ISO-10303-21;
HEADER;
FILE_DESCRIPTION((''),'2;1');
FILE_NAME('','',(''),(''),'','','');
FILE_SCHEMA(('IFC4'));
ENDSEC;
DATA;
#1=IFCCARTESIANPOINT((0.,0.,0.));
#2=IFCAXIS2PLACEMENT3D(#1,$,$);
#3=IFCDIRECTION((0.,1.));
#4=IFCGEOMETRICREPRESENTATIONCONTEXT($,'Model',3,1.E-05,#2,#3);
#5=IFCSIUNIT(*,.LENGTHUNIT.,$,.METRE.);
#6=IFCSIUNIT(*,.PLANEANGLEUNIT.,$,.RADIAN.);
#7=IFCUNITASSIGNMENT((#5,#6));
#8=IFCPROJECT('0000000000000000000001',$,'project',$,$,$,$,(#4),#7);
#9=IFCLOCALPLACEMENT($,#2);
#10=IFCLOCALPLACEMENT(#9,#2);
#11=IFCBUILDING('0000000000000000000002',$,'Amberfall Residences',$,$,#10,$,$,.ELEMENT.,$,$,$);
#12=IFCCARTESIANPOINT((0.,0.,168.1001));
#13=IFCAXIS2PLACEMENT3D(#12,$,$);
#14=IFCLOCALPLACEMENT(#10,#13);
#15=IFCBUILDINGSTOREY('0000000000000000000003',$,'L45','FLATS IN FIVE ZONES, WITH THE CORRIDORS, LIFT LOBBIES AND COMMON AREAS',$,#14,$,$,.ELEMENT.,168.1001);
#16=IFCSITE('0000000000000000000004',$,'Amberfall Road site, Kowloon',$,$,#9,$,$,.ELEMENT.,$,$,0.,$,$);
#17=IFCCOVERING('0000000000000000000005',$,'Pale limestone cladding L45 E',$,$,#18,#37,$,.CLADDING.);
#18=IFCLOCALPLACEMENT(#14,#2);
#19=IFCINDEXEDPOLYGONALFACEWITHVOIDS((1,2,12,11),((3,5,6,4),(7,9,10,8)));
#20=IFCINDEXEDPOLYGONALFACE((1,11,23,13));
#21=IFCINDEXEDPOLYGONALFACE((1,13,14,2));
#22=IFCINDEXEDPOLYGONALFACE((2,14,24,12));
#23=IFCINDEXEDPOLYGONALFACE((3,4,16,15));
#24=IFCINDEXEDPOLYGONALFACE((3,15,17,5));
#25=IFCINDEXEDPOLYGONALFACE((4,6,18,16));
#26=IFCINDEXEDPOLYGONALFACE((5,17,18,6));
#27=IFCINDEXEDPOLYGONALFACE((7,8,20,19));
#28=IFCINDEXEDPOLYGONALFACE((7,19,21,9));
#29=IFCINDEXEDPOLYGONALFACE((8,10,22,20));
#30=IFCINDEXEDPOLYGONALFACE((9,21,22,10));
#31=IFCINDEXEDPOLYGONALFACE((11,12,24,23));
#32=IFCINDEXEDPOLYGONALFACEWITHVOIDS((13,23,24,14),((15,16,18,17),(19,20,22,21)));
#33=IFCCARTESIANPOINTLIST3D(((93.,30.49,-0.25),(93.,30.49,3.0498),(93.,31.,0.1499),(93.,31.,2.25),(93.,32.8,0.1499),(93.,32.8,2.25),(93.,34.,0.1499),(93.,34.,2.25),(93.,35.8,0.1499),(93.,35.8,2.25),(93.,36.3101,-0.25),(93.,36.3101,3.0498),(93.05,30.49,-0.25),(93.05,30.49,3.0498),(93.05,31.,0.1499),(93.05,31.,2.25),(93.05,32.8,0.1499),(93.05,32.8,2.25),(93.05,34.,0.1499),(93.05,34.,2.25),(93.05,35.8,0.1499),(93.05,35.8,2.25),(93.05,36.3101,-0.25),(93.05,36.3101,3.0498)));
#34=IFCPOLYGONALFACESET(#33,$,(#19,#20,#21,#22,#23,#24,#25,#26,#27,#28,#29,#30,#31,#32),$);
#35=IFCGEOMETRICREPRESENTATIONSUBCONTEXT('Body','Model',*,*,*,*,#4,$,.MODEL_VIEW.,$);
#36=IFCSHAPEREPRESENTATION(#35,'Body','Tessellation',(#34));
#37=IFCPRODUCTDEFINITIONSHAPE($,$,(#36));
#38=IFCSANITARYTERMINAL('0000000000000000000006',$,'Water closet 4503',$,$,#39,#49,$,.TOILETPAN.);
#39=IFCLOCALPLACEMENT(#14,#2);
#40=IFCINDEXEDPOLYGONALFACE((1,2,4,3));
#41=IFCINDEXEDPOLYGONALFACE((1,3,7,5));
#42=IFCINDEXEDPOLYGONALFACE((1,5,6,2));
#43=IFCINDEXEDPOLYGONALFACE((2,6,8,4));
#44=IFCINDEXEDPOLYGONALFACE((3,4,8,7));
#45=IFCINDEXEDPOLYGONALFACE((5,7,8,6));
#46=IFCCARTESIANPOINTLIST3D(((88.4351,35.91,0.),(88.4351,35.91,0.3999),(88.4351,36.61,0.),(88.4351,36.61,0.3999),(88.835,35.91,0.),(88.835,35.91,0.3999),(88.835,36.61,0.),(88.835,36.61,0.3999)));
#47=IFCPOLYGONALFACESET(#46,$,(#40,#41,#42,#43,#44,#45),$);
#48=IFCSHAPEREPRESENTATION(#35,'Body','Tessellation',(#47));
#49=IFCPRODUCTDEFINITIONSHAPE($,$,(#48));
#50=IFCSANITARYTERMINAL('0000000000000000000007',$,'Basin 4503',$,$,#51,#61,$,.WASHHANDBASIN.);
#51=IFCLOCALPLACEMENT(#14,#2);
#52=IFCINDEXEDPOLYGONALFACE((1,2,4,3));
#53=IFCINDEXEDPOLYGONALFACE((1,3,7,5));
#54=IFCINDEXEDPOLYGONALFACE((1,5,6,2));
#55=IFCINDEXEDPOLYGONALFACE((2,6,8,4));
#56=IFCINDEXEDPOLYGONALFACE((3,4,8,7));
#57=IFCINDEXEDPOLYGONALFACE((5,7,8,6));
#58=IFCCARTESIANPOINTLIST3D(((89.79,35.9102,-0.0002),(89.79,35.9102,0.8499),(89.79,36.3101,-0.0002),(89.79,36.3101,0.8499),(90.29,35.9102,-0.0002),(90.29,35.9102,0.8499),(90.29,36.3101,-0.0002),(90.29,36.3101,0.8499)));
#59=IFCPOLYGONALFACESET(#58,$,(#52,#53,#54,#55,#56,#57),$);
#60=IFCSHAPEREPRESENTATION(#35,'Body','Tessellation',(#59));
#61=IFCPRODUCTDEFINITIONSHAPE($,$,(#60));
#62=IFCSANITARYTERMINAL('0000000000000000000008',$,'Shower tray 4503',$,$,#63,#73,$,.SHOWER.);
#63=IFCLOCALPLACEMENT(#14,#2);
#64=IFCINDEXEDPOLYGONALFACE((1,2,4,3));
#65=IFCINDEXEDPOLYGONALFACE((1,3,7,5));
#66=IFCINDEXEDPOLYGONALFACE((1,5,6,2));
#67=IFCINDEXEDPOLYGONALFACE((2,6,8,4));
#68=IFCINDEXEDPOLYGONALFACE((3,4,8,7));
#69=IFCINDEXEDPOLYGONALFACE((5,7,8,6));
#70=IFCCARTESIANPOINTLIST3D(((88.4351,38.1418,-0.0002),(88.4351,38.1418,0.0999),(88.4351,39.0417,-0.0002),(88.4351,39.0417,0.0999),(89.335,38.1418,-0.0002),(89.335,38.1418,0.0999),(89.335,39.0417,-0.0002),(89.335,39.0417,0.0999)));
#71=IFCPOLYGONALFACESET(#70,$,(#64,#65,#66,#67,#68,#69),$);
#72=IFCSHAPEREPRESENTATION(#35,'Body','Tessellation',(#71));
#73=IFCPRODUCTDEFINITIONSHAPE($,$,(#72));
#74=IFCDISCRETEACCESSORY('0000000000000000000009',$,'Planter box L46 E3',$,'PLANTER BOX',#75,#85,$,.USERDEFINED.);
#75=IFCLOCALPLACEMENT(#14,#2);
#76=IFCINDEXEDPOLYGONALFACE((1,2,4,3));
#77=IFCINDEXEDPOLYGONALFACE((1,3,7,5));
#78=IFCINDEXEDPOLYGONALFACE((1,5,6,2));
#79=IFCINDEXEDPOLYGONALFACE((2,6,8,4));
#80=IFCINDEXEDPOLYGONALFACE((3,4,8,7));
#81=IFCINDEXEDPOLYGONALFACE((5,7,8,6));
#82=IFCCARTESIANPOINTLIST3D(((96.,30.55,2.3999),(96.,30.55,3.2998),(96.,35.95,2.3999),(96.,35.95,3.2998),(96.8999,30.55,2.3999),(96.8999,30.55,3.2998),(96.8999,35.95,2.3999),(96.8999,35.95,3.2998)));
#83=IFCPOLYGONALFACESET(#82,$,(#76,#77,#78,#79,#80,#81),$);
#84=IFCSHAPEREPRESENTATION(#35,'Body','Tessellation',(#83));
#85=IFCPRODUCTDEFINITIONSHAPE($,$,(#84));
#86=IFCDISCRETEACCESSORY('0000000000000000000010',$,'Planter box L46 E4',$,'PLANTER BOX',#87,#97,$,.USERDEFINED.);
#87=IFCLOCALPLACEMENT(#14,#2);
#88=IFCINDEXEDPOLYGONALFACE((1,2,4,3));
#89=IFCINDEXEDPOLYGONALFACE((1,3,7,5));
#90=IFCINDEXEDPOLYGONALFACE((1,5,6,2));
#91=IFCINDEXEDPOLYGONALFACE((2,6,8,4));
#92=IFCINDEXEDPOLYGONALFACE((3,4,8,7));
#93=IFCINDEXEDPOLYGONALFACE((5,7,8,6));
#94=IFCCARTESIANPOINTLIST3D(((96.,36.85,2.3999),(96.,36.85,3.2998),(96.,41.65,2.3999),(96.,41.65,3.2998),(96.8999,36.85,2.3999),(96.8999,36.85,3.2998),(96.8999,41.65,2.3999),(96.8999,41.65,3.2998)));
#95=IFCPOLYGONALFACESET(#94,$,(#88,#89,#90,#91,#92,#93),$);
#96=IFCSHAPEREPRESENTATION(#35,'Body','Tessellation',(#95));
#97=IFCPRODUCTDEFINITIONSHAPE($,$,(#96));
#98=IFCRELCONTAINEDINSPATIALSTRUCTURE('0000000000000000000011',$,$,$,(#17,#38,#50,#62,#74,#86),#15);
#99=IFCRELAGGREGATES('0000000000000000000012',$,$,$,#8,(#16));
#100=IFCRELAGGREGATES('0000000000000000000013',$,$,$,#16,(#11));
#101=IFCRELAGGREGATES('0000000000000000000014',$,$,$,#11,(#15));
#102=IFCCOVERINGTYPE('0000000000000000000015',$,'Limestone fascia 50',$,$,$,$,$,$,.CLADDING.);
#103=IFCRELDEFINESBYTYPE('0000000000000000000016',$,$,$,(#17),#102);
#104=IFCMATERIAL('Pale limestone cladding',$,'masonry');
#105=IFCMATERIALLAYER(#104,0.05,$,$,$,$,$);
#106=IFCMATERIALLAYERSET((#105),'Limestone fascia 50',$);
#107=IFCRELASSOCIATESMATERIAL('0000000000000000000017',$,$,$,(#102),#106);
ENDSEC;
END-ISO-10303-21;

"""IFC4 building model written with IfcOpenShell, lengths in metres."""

from ifc_helpers import new_model, si_unit, direction, frame, origin, origin_2d, place, context, subcontext, project, spatial, polyline, rectangle, outline, extrude, material, layer, layer_set, type_object, element, save


model = new_model("IFC4")

# Units and contexts
model_context = context("Model", 3, precision=1e-05, world=origin(), true_north=direction((0.0, 1.0)))
body_context = subcontext(model_context, "Body", "Model", "MODEL_VIEW")
ifc_project = project(units=[si_unit("LENGTHUNIT", "METRE"), si_unit("PLANEANGLEUNIT", "RADIAN")], contexts=[model_context])

# Site, building, storey
site_placement = place(None, origin())
site = spatial("IfcSite", under=ifc_project, at=site_placement, Name="Amberfall Road site, Kowloon", CompositionType="ELEMENT", RefElevation=0.0)
building_placement = place(site_placement, origin())
building = spatial("IfcBuilding", under=site, at=building_placement, Name="Amberfall Residences", CompositionType="ELEMENT")
storey_placement = place(building_placement, frame((0.0, 0.0, 168.1001)))
storey = spatial("IfcBuildingStorey", under=building, at=storey_placement, Name="L45", Description="FLATS IN FIVE ZONES, WITH THE CORRIDORS, LIFT LOBBIES AND COMMON AREAS", CompositionType="ELEMENT", Elevation=168.1001)

# Covering
ifc_material_1 = material(Name="Pale limestone cladding", Category="masonry")
ifc_layer_1 = layer(ifc_material_1, 0.05)
ifc_layer_set_1 = layer_set([ifc_layer_1], Name="Limestone fascia 50")
covering_type = type_object("IfcCoveringType", Name="Limestone fascia 50", PredefinedType="CLADDING", material=ifc_layer_set_1)
covering_placement = place(storey_placement, frame((93.0, 30.49, 3.0498), z_axis=(-1.0, 0.0, 0.0), x_axis=(0.0, 1.0, 0.0)))
element("IfcCovering", 1, at=covering_placement, inside=storey, type_object=covering_type, Name="Pale limestone cladding L45 E", PredefinedType="CLADDING", context=body_context, shape_type="SweptSolid", body=[
    extrude(outline(polyline([(0.0, 0.0), (5.8201, 0.0), (5.8201, 3.2998), (0.0, 3.2998), (0.0, 0.0)]), holes=[polyline([(0.51, 0.7998), (2.3101, 0.7998), (2.3101, 2.8999), (0.51, 2.8999), (0.51, 0.7998)]), polyline([(3.51, 0.7998), (5.3101, 0.7998), (5.3101, 2.8999), (3.51, 2.8999), (3.51, 0.7998)])]), origin(), (0.0, 0.0, -1.0), 0.05),
])

# Sanitary terminals
sanitary_terminal_1_placement = place(storey_placement, frame((88.635, 36.26, 0.0), z_axis=(0.0, 0.0, 1.0), x_axis=(1.0, 0.0, 0.0)))
element("IfcSanitaryTerminal", 2, at=sanitary_terminal_1_placement, inside=storey, Name="Water closet 4503", PredefinedType="TOILETPAN", context=body_context, shape_type="SweptSolid", body=[
    extrude(rectangle(XDim=0.3999, YDim=0.7, at=origin_2d()), origin(), (0.0, 0.0, 1.0), 0.3999),
])
sanitary_terminal_2_placement = place(storey_placement, frame((90.04, 36.1101, -0.0002), z_axis=(0.0, 0.0, 1.0), x_axis=(1.0, 0.0, 0.0)))
element("IfcSanitaryTerminal", 3, at=sanitary_terminal_2_placement, inside=storey, Name="Basin 4503", PredefinedType="WASHHANDBASIN", context=body_context, shape_type="SweptSolid", body=[
    extrude(rectangle(XDim=0.5, YDim=0.3999, at=origin_2d()), origin(), (0.0, 0.0, 1.0), 0.8501),
])
sanitary_terminal_3_placement = place(storey_placement, frame((88.885, 38.5918, -0.0002), z_axis=(0.0, 0.0, 1.0), x_axis=(1.0, 0.0, 0.0)))
element("IfcSanitaryTerminal", 4, at=sanitary_terminal_3_placement, inside=storey, Name="Shower tray 4503", PredefinedType="SHOWER", context=body_context, shape_type="SweptSolid", body=[
    extrude(rectangle(XDim=0.8999, YDim=0.8999, at=origin_2d()), origin(), (0.0, 0.0, 1.0), 0.1001),
])

# Discrete accessories
discrete_accessory_1_placement = place(storey_placement, frame((96.45, 33.25, 2.3999), z_axis=(0.0, 0.0, 1.0), x_axis=(0.0, 1.0, 0.0)))
element("IfcDiscreteAccessory", 5, at=discrete_accessory_1_placement, inside=storey, Name="Planter box L46 E3", ObjectType="PLANTER BOX", PredefinedType="USERDEFINED", context=body_context, shape_type="SweptSolid", body=[
    extrude(rectangle(XDim=5.3999, YDim=0.8999, at=origin_2d()), origin(), (0.0, 0.0, 1.0), 0.8999),
])
discrete_accessory_2_placement = place(storey_placement, frame((96.45, 39.25, 2.3999), z_axis=(0.0, 0.0, 1.0), x_axis=(0.0, 1.0, 0.0)))
element("IfcDiscreteAccessory", 6, at=discrete_accessory_2_placement, inside=storey, Name="Planter box L46 E4", ObjectType="PLANTER BOX", PredefinedType="USERDEFINED", context=body_context, shape_type="SweptSolid", body=[
    extrude(rectangle(XDim=4.8, YDim=0.8999, at=origin_2d()), origin(), (0.0, 0.0, 1.0), 0.8999),
])

save(model, "model.ifc")
